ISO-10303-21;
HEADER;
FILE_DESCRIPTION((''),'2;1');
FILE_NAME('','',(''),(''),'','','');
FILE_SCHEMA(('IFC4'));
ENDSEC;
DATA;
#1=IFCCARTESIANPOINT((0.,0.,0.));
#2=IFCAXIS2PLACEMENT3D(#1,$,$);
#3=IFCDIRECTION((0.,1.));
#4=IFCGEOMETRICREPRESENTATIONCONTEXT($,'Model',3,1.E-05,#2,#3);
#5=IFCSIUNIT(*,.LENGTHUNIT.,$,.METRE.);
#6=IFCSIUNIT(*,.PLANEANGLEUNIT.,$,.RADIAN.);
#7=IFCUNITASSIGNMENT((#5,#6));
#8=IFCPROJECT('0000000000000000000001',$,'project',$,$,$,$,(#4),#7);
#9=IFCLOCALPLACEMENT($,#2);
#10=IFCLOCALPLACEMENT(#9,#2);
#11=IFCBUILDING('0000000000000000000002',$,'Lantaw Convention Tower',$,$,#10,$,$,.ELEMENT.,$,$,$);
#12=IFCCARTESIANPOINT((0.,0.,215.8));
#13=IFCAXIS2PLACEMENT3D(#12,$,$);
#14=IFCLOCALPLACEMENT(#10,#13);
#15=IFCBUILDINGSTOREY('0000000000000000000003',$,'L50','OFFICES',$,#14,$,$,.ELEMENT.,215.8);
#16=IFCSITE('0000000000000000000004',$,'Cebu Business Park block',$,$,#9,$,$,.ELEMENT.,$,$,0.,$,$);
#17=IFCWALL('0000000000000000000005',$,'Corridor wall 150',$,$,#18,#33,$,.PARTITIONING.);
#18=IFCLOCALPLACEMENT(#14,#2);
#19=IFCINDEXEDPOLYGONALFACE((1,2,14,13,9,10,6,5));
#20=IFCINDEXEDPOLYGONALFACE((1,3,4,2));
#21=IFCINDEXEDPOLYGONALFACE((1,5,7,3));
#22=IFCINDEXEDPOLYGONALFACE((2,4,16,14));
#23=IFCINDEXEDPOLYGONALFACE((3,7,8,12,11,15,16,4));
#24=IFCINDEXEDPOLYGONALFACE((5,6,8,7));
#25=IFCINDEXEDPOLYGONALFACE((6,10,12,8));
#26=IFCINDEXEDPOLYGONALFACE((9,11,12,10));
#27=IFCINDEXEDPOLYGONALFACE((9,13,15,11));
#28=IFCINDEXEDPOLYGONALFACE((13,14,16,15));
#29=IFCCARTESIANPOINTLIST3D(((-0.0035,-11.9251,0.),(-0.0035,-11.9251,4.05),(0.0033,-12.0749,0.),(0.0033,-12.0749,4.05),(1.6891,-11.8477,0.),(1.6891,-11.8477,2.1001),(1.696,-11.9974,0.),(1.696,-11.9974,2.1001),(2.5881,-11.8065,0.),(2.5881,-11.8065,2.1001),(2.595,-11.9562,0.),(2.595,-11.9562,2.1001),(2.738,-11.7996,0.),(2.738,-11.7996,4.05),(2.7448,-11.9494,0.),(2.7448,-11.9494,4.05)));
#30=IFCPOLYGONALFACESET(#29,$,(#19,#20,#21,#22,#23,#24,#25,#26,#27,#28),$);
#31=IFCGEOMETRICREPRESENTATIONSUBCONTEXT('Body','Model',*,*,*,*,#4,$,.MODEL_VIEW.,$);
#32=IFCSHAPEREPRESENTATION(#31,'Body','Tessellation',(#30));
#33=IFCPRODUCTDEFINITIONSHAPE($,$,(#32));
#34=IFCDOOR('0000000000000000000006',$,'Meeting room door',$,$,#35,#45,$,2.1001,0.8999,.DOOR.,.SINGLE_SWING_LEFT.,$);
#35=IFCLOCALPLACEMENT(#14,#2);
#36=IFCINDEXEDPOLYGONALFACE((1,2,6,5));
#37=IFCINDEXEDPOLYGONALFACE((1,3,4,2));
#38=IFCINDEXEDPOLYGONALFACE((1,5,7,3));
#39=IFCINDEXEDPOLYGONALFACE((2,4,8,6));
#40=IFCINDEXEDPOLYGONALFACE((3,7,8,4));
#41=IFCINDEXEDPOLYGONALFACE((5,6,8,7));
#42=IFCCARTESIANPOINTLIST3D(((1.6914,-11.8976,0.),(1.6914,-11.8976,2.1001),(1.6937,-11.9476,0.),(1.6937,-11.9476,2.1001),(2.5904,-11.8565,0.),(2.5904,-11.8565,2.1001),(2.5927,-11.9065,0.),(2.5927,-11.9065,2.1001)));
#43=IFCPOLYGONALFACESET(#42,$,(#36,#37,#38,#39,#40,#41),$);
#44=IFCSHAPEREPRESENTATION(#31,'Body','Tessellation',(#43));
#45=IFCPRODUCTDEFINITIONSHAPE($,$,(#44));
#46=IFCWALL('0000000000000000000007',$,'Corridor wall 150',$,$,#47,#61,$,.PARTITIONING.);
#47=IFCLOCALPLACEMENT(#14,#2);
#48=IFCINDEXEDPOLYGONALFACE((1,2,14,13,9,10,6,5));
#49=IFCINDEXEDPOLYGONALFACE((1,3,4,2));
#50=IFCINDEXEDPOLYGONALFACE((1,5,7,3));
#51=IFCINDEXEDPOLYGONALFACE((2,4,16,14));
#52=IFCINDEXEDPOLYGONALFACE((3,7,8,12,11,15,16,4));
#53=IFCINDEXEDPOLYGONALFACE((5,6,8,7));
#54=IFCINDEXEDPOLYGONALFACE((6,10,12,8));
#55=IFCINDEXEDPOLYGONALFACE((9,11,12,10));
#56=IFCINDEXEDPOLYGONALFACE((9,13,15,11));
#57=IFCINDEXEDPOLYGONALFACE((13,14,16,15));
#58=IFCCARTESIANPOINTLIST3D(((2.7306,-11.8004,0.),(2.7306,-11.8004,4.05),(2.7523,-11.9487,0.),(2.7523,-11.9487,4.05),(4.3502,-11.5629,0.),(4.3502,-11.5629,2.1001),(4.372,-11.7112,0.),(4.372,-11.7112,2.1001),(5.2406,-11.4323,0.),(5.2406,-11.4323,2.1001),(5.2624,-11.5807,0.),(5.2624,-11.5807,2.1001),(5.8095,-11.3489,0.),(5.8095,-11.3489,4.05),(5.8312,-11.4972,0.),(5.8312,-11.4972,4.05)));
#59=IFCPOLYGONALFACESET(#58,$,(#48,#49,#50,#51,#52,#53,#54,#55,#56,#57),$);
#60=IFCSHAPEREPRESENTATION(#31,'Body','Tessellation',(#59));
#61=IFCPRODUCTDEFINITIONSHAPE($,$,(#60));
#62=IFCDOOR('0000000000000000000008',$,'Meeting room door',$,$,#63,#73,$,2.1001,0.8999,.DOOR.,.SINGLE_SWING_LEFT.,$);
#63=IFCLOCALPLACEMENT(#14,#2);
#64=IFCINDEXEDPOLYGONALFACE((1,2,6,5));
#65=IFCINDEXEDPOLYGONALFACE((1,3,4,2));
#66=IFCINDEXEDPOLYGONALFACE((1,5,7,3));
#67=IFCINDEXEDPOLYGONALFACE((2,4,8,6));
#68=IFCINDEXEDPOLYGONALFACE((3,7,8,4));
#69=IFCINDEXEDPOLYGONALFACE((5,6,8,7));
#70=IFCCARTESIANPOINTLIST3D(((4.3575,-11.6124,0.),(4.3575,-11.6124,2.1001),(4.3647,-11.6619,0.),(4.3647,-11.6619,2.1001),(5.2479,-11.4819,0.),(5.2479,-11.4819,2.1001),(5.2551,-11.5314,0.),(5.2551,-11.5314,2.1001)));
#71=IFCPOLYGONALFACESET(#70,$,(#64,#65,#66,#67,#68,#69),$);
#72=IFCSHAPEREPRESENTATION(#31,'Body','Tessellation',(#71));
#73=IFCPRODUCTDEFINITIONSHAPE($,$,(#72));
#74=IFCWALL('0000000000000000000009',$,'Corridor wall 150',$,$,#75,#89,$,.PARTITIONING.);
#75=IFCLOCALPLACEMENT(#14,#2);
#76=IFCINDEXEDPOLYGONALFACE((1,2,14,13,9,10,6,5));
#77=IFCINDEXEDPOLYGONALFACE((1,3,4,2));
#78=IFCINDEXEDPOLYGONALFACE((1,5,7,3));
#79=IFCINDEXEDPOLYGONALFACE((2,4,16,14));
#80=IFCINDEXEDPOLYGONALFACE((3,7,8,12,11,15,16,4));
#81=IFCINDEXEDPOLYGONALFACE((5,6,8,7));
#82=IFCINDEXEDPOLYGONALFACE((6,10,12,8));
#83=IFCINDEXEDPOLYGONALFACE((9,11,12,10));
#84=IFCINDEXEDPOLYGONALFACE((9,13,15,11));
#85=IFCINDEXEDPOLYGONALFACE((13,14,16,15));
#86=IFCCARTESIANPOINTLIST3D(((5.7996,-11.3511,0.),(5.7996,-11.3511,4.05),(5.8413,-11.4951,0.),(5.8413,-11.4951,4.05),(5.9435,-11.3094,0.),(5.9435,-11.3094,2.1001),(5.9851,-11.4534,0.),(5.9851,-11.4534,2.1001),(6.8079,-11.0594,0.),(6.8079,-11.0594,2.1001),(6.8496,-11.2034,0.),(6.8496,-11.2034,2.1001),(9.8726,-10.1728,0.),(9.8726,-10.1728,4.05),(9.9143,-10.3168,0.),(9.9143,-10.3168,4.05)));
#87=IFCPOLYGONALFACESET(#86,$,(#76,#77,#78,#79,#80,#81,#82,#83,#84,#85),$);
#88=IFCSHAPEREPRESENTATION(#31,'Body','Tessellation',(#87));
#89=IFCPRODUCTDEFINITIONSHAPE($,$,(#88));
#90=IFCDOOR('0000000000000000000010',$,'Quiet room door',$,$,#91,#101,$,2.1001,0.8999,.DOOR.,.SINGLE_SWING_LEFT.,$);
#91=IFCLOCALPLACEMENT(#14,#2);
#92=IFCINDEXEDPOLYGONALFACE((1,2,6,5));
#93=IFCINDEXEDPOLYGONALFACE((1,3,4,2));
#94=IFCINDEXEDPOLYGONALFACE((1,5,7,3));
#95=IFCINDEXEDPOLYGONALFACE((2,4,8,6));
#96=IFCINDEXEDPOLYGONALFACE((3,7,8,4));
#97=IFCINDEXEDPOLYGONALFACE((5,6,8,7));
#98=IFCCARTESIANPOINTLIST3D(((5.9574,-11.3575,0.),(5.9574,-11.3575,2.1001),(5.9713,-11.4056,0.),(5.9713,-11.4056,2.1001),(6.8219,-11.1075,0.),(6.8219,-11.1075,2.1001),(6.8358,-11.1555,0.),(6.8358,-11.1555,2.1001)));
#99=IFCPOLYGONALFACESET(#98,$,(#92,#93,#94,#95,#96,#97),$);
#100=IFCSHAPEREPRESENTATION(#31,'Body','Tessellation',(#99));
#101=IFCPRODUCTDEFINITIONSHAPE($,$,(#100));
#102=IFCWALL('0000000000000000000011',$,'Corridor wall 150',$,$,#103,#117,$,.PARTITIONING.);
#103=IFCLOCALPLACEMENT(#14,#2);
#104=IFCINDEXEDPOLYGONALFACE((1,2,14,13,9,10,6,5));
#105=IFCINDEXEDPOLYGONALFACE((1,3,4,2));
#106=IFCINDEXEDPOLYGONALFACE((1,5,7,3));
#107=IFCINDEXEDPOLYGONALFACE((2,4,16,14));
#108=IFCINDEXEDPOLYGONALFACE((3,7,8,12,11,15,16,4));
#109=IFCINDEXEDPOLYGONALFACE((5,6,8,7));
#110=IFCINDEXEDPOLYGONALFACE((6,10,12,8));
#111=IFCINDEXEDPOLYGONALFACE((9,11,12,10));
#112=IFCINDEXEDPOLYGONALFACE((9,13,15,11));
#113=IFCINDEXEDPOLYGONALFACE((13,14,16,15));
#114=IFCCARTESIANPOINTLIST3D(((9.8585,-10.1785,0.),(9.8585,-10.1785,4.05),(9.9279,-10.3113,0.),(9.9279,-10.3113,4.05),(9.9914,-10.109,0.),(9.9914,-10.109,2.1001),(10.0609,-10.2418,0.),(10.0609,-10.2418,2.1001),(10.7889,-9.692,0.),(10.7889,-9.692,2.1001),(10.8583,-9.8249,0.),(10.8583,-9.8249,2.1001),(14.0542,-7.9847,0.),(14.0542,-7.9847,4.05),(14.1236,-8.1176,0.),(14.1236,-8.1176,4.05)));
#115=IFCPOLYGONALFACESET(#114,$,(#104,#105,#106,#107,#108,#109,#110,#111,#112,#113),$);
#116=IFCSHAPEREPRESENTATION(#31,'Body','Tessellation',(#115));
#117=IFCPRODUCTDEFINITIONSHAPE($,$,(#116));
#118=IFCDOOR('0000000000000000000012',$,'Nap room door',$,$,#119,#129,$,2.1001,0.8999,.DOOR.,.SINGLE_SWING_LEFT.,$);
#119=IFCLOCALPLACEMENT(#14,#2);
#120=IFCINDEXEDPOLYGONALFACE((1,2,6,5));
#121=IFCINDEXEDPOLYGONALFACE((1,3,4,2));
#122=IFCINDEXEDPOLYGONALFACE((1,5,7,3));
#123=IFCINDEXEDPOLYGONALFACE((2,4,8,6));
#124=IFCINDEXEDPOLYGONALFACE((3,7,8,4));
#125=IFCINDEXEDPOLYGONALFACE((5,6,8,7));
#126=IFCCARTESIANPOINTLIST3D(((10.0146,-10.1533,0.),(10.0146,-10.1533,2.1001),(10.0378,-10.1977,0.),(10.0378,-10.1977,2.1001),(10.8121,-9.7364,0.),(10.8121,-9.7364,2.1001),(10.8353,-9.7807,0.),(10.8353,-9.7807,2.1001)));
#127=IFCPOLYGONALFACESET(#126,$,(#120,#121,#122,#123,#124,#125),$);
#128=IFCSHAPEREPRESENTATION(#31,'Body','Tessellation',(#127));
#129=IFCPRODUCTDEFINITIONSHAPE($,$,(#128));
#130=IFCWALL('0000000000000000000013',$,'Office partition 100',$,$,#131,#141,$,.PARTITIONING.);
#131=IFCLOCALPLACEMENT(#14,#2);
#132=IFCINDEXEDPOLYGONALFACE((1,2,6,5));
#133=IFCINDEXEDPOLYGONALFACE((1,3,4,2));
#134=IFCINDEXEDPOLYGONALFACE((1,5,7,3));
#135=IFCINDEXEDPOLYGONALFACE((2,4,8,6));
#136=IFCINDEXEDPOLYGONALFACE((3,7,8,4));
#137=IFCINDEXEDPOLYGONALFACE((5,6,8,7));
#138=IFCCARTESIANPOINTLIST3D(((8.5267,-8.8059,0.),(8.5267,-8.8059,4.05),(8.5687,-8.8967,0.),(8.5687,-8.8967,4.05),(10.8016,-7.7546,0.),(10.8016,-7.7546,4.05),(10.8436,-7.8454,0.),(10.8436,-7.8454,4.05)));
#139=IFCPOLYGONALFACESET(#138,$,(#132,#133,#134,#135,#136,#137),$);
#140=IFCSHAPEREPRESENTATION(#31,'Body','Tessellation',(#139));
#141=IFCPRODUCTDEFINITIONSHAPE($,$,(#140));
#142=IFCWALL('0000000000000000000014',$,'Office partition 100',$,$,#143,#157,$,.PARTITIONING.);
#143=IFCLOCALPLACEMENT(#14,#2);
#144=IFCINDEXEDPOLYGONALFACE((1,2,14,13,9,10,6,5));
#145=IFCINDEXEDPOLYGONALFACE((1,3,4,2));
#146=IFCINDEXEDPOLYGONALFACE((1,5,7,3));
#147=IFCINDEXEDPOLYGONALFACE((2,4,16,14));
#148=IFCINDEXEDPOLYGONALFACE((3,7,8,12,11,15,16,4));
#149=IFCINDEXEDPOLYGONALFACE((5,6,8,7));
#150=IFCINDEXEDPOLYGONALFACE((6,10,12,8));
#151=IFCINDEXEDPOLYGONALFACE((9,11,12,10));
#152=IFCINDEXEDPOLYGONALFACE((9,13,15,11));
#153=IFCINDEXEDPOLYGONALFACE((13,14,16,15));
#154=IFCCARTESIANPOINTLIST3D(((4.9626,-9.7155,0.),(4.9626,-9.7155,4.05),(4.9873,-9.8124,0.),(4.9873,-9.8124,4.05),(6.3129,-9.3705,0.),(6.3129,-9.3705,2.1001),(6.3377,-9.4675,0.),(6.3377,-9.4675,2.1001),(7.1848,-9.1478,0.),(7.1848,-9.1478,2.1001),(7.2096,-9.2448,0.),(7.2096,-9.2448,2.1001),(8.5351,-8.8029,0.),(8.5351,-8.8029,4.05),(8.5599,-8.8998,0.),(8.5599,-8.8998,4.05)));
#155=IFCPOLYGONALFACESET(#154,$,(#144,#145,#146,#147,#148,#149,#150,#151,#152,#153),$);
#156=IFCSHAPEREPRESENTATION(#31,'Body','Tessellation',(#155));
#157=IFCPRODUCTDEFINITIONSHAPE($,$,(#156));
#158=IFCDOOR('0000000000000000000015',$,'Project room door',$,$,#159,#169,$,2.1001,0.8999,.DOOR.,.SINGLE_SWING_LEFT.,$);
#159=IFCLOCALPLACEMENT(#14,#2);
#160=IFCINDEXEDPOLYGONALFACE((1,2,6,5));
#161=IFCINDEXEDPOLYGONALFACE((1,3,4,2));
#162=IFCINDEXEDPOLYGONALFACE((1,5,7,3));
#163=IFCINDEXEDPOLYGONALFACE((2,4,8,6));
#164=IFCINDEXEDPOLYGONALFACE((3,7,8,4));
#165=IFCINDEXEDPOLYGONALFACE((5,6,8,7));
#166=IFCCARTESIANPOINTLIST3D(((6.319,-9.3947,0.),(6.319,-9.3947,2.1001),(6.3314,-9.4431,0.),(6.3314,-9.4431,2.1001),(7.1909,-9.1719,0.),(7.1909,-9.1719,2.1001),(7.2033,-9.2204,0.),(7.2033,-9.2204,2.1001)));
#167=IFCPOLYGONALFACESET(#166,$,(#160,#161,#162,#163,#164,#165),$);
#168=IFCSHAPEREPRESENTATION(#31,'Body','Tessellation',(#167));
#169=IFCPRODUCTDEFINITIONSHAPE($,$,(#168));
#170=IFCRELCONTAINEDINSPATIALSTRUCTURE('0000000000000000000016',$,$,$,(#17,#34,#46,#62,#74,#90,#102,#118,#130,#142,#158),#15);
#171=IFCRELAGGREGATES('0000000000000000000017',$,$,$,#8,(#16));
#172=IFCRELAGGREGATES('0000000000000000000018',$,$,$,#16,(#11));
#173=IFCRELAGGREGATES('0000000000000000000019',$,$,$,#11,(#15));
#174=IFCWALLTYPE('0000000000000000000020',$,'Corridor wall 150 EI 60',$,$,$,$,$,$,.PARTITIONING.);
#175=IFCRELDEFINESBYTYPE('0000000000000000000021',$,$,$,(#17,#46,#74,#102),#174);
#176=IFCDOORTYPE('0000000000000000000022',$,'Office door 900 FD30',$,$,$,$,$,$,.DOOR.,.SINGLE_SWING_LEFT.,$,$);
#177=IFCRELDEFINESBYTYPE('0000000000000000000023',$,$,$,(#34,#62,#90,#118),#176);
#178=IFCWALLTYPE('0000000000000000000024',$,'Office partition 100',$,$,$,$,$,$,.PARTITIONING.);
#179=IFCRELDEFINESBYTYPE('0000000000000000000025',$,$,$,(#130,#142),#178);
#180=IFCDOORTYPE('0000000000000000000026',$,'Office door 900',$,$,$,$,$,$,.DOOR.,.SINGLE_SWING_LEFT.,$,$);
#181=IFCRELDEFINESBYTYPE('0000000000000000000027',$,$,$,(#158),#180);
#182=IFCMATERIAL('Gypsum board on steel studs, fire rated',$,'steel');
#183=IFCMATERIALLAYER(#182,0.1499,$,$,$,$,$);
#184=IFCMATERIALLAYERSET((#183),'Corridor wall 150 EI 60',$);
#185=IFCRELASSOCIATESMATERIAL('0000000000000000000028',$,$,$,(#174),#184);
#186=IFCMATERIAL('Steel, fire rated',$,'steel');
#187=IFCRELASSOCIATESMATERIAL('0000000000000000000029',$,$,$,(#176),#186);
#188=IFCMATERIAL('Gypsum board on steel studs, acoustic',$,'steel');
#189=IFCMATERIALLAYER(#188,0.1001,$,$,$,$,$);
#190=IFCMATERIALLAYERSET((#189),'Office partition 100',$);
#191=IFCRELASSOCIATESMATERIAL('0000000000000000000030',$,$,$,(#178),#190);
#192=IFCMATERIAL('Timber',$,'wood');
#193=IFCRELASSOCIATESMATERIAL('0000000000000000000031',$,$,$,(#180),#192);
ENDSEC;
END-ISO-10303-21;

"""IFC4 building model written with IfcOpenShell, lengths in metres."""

from ifc_helpers import new_model, si_unit, direction, frame, frame_2d, origin, place, context, subcontext, project, spatial, rectangle, extrude, material, layer, layer_set, type_object, element, fill, save


model = new_model("IFC4")

# Units and contexts
model_context = context("Model", 3, precision=1e-05, world=origin(), true_north=direction((0.0, 1.0)))
body_context = subcontext(model_context, "Body", "Model", "MODEL_VIEW")
ifc_project = project(units=[si_unit("LENGTHUNIT", "METRE"), si_unit("PLANEANGLEUNIT", "RADIAN")], contexts=[model_context])

# Site, building, storey
site_placement = place(None, origin())
site = spatial("IfcSite", under=ifc_project, at=site_placement, Name="Cebu Business Park block", CompositionType="ELEMENT", RefElevation=0.0)
building_placement = place(site_placement, origin())
building = spatial("IfcBuilding", under=site, at=building_placement, Name="Lantaw Convention Tower", CompositionType="ELEMENT")
storey_placement = place(building_placement, frame((0.0, 0.0, 215.8)))
storey = spatial("IfcBuildingStorey", under=building, at=storey_placement, Name="L50", Description="OFFICES", CompositionType="ELEMENT", Elevation=215.8)

# Walls, openings, doors
ifc_material_1 = material(Name="Steel, fire rated", Category="steel")
ifc_material_2 = material(Name="Gypsum board on steel studs, fire rated", Category="steel")
ifc_layer_1 = layer(ifc_material_2, 0.1499)
ifc_layer_set_1 = layer_set([ifc_layer_1], Name="Corridor wall 150 EI 60")
wall_type_1 = type_object("IfcWallType", Name="Corridor wall 150 EI 60", PredefinedType="PARTITIONING", material=ifc_layer_set_1)
wall_1_placement = place(storey_placement, frame((0.0, -12.0, 0.0), z_axis=(0.0, 0.0, 1.0), x_axis=(0.998954, 0.045726, 0.0)))
wall_1 = element("IfcWall", 1, at=wall_1_placement, inside=storey, type_object=wall_type_1, Name="Corridor wall 150", PredefinedType="PARTITIONING", context=body_context, shape_type="SweptSolid", body=[
    extrude(rectangle(XDim=2.7444, YDim=0.1499, at=frame_2d((1.3721, 0.0))), origin(), (0.0, 0.0, 1.0), 4.05),
])
opening_1_placement = place(wall_1_placement, frame((1.6943, 0.0, 0.0)))
opening_1 = element("IfcOpeningElement", 2, at=opening_1_placement, cuts=wall_1, PredefinedType="OPENING", context=body_context, shape_type="SweptSolid", body=[
    extrude(rectangle(XDim=0.8999, YDim=2.1001, at=frame_2d((0.45, 1.05))), frame((0.0, 0.085, 0.0), z_axis=(0.0, -1.0, 0.0), x_axis=(1.0, 0.0, 0.0)), (0.0, 0.0, 1.0), 0.1699),
])
door_type_1 = type_object("IfcDoorType", Name="Office door 900 FD30", OperationType="SINGLE_SWING_LEFT", PredefinedType="DOOR", material=ifc_material_1)
door_1_placement = place(opening_1_placement, origin())
door_1 = element("IfcDoor", 3, at=door_1_placement, inside=storey, type_object=door_type_1, Name="Meeting room door", OperationType="SINGLE_SWING_LEFT", OverallHeight=2.1001, OverallWidth=0.8999, PredefinedType="DOOR", context=body_context, shape_type="SweptSolid", body=[
    extrude(rectangle(XDim=0.8999, YDim=2.1001, at=frame_2d((0.45, 1.05))), frame((0.0, 0.0249, 0.0), z_axis=(0.0, -1.0, 0.0), x_axis=(1.0, 0.0, 0.0)), (0.0, 0.0, 1.0), 0.05),
])
fill(opening_1, door_1)
wall_2_placement = place(storey_placement, frame((2.7415, -11.8745, 0.0), z_axis=(0.0, 0.0, 1.0), x_axis=(0.989422, 0.145067, 0.0)))
wall_2 = element("IfcWall", 4, at=wall_2_placement, inside=storey, type_object=wall_type_1, Name="Corridor wall 150", PredefinedType="PARTITIONING", context=body_context, shape_type="SweptSolid", body=[
    extrude(rectangle(XDim=3.1118, YDim=0.1499, at=frame_2d((1.5559, 0.0))), origin(), (0.0, 0.0, 1.0), 4.05),
])
opening_2_placement = place(wall_2_placement, frame((1.637, 0.0, 0.0)))
opening_2 = element("IfcOpeningElement", 5, at=opening_2_placement, cuts=wall_2, PredefinedType="OPENING", context=body_context, shape_type="SweptSolid", body=[
    extrude(rectangle(XDim=0.8999, YDim=2.1001, at=frame_2d((0.45, 1.05))), frame((0.0, 0.085, 0.0), z_axis=(0.0, -1.0, 0.0), x_axis=(1.0, 0.0, 0.0)), (0.0, 0.0, 1.0), 0.1699),
])
door_2_placement = place(opening_2_placement, origin())
door_2 = element("IfcDoor", 6, at=door_2_placement, inside=storey, type_object=door_type_1, Name="Meeting room door", OperationType="SINGLE_SWING_LEFT", OverallHeight=2.1001, OverallWidth=0.8999, PredefinedType="DOOR", context=body_context, shape_type="SweptSolid", body=[
    extrude(rectangle(XDim=0.8999, YDim=2.1001, at=frame_2d((0.45, 1.05))), frame((0.0, 0.0249, 0.0), z_axis=(0.0, -1.0, 0.0), x_axis=(1.0, 0.0, 0.0)), (0.0, 0.0, 1.0), 0.05),
])
fill(opening_2, door_2)
wall_3_placement = place(storey_placement, frame((5.8203, -11.4231, 0.0), z_axis=(0.0, 0.0, 1.0), x_axis=(0.960615, 0.277883, 0.0)))
wall_3 = element("IfcWall", 7, at=wall_3_placement, inside=storey, type_object=wall_type_1, Name="Corridor wall 150", PredefinedType="PARTITIONING", context=body_context, shape_type="SweptSolid", body=[
    extrude(rectangle(XDim=4.24, YDim=0.1499, at=frame_2d((2.1201, 0.0))), origin(), (0.0, 0.0, 1.0), 4.05),
])
opening_3_placement = place(wall_3_placement, frame((0.1499, 0.0, 0.0)))
opening_3 = element("IfcOpeningElement", 8, at=opening_3_placement, cuts=wall_3, PredefinedType="OPENING", context=body_context, shape_type="SweptSolid", body=[
    extrude(rectangle(XDim=0.8999, YDim=2.1001, at=frame_2d((0.45, 1.05))), frame((0.0, 0.085, 0.0), z_axis=(0.0, -1.0, 0.0), x_axis=(1.0, 0.0, 0.0)), (0.0, 0.0, 1.0), 0.1699),
])
door_3_placement = place(opening_3_placement, origin())
door_3 = element("IfcDoor", 9, at=door_3_placement, inside=storey, type_object=door_type_1, Name="Quiet room door", OperationType="SINGLE_SWING_LEFT", OverallHeight=2.1001, OverallWidth=0.8999, PredefinedType="DOOR", context=body_context, shape_type="SweptSolid", body=[
    extrude(rectangle(XDim=0.8999, YDim=2.1001, at=frame_2d((0.45, 1.05))), frame((0.0, 0.0249, 0.0), z_axis=(0.0, -1.0, 0.0), x_axis=(1.0, 0.0, 0.0)), (0.0, 0.0, 1.0), 0.05),
])
fill(opening_3, door_3)
wall_4_placement = place(storey_placement, frame((9.8933, -10.2449, 0.0), z_axis=(0.0, 0.0, 1.0), x_axis=(0.886174, 0.463352, 0.0)))
wall_4 = element("IfcWall", 10, at=wall_4_placement, inside=storey, type_object=wall_type_1, Name="Corridor wall 150", PredefinedType="PARTITIONING", context=body_context, shape_type="SweptSolid", body=[
    extrude(rectangle(XDim=4.7346, YDim=0.1499, at=frame_2d((2.3672, 0.0))), origin(), (0.0, 0.0, 1.0), 4.05),
])
opening_4_placement = place(wall_4_placement, frame((0.1499, 0.0, 0.0)))
opening_4 = element("IfcOpeningElement", 11, at=opening_4_placement, cuts=wall_4, PredefinedType="OPENING", context=body_context, shape_type="SweptSolid", body=[
    extrude(rectangle(XDim=0.8999, YDim=2.1001, at=frame_2d((0.45, 1.05))), frame((0.0, 0.085, 0.0), z_axis=(0.0, -1.0, 0.0), x_axis=(1.0, 0.0, 0.0)), (0.0, 0.0, 1.0), 0.1699),
])
door_4_placement = place(opening_4_placement, origin())
door_4 = element("IfcDoor", 12, at=door_4_placement, inside=storey, type_object=door_type_1, Name="Nap room door", OperationType="SINGLE_SWING_LEFT", OverallHeight=2.1001, OverallWidth=0.8999, PredefinedType="DOOR", context=body_context, shape_type="SweptSolid", body=[
    extrude(rectangle(XDim=0.8999, YDim=2.1001, at=frame_2d((0.45, 1.05))), frame((0.0, 0.0249, 0.0), z_axis=(0.0, -1.0, 0.0), x_axis=(1.0, 0.0, 0.0)), (0.0, 0.0, 1.0), 0.05),
])
fill(opening_4, door_4)

# Wall
ifc_material_3 = material(Name="Gypsum board on steel studs, acoustic", Category="steel")
ifc_layer_2 = layer(ifc_material_3, 0.1001)
ifc_layer_set_2 = layer_set([ifc_layer_2], Name="Office partition 100")
wall_type_2 = type_object("IfcWallType", Name="Office partition 100", PredefinedType="PARTITIONING", material=ifc_layer_set_2)
wall_5_placement = place(storey_placement, frame((10.8225, -7.8, 0.0), z_axis=(0.0, 0.0, 1.0), x_axis=(-0.90776, -0.419491, 0.0)))
element("IfcWall", 13, at=wall_5_placement, inside=storey, type_object=wall_type_2, Name="Office partition 100", PredefinedType="PARTITIONING", context=body_context, shape_type="SweptSolid", body=[
    extrude(rectangle(XDim=2.5061, YDim=0.1001, at=frame_2d((1.2529, 0.0))), origin(), (0.0, 0.0, 1.0), 4.05),
])

# Wall, opening, door
wall_6_placement = place(storey_placement, frame((8.5476, -8.8513, 0.0), z_axis=(0.0, 0.0, 1.0), x_axis=(-0.968887, -0.247502, 0.0)))
wall_6 = element("IfcWall", 14, at=wall_6_placement, inside=storey, type_object=wall_type_2, Name="Office partition 100", PredefinedType="PARTITIONING", context=body_context, shape_type="SweptSolid", body=[
    extrude(rectangle(XDim=3.6873, YDim=0.1001, at=frame_2d((1.8438, 0.0))), origin(), (0.0, 0.0, 1.0), 4.05),
])
opening_5_placement = place(wall_6_placement, frame((1.3938, 0.0, 0.0)))
opening_5 = element("IfcOpeningElement", 15, at=opening_5_placement, cuts=wall_6, PredefinedType="OPENING", context=body_context, shape_type="SweptSolid", body=[
    extrude(rectangle(XDim=0.8999, YDim=2.1001, at=frame_2d((0.45, 1.05))), frame((0.0, 0.0601, 0.0), z_axis=(0.0, -1.0, 0.0), x_axis=(1.0, 0.0, 0.0)), (0.0, 0.0, 1.0), 0.1201),
])
ifc_material_4 = material(Name="Timber", Category="wood")
door_type_2 = type_object("IfcDoorType", Name="Office door 900", OperationType="SINGLE_SWING_LEFT", PredefinedType="DOOR", material=ifc_material_4)
door_5_placement = place(opening_5_placement, origin())
door_5 = element("IfcDoor", 16, at=door_5_placement, inside=storey, type_object=door_type_2, Name="Project room door", OperationType="SINGLE_SWING_LEFT", OverallHeight=2.1001, OverallWidth=0.8999, PredefinedType="DOOR", context=body_context, shape_type="SweptSolid", body=[
    extrude(rectangle(XDim=0.8999, YDim=2.1001, at=frame_2d((0.45, 1.05))), frame((0.0, 0.0249, 0.0), z_axis=(0.0, -1.0, 0.0), x_axis=(1.0, 0.0, 0.0)), (0.0, 0.0, 1.0), 0.05),
])
fill(opening_5, door_5)

save(model, "model.ifc")
